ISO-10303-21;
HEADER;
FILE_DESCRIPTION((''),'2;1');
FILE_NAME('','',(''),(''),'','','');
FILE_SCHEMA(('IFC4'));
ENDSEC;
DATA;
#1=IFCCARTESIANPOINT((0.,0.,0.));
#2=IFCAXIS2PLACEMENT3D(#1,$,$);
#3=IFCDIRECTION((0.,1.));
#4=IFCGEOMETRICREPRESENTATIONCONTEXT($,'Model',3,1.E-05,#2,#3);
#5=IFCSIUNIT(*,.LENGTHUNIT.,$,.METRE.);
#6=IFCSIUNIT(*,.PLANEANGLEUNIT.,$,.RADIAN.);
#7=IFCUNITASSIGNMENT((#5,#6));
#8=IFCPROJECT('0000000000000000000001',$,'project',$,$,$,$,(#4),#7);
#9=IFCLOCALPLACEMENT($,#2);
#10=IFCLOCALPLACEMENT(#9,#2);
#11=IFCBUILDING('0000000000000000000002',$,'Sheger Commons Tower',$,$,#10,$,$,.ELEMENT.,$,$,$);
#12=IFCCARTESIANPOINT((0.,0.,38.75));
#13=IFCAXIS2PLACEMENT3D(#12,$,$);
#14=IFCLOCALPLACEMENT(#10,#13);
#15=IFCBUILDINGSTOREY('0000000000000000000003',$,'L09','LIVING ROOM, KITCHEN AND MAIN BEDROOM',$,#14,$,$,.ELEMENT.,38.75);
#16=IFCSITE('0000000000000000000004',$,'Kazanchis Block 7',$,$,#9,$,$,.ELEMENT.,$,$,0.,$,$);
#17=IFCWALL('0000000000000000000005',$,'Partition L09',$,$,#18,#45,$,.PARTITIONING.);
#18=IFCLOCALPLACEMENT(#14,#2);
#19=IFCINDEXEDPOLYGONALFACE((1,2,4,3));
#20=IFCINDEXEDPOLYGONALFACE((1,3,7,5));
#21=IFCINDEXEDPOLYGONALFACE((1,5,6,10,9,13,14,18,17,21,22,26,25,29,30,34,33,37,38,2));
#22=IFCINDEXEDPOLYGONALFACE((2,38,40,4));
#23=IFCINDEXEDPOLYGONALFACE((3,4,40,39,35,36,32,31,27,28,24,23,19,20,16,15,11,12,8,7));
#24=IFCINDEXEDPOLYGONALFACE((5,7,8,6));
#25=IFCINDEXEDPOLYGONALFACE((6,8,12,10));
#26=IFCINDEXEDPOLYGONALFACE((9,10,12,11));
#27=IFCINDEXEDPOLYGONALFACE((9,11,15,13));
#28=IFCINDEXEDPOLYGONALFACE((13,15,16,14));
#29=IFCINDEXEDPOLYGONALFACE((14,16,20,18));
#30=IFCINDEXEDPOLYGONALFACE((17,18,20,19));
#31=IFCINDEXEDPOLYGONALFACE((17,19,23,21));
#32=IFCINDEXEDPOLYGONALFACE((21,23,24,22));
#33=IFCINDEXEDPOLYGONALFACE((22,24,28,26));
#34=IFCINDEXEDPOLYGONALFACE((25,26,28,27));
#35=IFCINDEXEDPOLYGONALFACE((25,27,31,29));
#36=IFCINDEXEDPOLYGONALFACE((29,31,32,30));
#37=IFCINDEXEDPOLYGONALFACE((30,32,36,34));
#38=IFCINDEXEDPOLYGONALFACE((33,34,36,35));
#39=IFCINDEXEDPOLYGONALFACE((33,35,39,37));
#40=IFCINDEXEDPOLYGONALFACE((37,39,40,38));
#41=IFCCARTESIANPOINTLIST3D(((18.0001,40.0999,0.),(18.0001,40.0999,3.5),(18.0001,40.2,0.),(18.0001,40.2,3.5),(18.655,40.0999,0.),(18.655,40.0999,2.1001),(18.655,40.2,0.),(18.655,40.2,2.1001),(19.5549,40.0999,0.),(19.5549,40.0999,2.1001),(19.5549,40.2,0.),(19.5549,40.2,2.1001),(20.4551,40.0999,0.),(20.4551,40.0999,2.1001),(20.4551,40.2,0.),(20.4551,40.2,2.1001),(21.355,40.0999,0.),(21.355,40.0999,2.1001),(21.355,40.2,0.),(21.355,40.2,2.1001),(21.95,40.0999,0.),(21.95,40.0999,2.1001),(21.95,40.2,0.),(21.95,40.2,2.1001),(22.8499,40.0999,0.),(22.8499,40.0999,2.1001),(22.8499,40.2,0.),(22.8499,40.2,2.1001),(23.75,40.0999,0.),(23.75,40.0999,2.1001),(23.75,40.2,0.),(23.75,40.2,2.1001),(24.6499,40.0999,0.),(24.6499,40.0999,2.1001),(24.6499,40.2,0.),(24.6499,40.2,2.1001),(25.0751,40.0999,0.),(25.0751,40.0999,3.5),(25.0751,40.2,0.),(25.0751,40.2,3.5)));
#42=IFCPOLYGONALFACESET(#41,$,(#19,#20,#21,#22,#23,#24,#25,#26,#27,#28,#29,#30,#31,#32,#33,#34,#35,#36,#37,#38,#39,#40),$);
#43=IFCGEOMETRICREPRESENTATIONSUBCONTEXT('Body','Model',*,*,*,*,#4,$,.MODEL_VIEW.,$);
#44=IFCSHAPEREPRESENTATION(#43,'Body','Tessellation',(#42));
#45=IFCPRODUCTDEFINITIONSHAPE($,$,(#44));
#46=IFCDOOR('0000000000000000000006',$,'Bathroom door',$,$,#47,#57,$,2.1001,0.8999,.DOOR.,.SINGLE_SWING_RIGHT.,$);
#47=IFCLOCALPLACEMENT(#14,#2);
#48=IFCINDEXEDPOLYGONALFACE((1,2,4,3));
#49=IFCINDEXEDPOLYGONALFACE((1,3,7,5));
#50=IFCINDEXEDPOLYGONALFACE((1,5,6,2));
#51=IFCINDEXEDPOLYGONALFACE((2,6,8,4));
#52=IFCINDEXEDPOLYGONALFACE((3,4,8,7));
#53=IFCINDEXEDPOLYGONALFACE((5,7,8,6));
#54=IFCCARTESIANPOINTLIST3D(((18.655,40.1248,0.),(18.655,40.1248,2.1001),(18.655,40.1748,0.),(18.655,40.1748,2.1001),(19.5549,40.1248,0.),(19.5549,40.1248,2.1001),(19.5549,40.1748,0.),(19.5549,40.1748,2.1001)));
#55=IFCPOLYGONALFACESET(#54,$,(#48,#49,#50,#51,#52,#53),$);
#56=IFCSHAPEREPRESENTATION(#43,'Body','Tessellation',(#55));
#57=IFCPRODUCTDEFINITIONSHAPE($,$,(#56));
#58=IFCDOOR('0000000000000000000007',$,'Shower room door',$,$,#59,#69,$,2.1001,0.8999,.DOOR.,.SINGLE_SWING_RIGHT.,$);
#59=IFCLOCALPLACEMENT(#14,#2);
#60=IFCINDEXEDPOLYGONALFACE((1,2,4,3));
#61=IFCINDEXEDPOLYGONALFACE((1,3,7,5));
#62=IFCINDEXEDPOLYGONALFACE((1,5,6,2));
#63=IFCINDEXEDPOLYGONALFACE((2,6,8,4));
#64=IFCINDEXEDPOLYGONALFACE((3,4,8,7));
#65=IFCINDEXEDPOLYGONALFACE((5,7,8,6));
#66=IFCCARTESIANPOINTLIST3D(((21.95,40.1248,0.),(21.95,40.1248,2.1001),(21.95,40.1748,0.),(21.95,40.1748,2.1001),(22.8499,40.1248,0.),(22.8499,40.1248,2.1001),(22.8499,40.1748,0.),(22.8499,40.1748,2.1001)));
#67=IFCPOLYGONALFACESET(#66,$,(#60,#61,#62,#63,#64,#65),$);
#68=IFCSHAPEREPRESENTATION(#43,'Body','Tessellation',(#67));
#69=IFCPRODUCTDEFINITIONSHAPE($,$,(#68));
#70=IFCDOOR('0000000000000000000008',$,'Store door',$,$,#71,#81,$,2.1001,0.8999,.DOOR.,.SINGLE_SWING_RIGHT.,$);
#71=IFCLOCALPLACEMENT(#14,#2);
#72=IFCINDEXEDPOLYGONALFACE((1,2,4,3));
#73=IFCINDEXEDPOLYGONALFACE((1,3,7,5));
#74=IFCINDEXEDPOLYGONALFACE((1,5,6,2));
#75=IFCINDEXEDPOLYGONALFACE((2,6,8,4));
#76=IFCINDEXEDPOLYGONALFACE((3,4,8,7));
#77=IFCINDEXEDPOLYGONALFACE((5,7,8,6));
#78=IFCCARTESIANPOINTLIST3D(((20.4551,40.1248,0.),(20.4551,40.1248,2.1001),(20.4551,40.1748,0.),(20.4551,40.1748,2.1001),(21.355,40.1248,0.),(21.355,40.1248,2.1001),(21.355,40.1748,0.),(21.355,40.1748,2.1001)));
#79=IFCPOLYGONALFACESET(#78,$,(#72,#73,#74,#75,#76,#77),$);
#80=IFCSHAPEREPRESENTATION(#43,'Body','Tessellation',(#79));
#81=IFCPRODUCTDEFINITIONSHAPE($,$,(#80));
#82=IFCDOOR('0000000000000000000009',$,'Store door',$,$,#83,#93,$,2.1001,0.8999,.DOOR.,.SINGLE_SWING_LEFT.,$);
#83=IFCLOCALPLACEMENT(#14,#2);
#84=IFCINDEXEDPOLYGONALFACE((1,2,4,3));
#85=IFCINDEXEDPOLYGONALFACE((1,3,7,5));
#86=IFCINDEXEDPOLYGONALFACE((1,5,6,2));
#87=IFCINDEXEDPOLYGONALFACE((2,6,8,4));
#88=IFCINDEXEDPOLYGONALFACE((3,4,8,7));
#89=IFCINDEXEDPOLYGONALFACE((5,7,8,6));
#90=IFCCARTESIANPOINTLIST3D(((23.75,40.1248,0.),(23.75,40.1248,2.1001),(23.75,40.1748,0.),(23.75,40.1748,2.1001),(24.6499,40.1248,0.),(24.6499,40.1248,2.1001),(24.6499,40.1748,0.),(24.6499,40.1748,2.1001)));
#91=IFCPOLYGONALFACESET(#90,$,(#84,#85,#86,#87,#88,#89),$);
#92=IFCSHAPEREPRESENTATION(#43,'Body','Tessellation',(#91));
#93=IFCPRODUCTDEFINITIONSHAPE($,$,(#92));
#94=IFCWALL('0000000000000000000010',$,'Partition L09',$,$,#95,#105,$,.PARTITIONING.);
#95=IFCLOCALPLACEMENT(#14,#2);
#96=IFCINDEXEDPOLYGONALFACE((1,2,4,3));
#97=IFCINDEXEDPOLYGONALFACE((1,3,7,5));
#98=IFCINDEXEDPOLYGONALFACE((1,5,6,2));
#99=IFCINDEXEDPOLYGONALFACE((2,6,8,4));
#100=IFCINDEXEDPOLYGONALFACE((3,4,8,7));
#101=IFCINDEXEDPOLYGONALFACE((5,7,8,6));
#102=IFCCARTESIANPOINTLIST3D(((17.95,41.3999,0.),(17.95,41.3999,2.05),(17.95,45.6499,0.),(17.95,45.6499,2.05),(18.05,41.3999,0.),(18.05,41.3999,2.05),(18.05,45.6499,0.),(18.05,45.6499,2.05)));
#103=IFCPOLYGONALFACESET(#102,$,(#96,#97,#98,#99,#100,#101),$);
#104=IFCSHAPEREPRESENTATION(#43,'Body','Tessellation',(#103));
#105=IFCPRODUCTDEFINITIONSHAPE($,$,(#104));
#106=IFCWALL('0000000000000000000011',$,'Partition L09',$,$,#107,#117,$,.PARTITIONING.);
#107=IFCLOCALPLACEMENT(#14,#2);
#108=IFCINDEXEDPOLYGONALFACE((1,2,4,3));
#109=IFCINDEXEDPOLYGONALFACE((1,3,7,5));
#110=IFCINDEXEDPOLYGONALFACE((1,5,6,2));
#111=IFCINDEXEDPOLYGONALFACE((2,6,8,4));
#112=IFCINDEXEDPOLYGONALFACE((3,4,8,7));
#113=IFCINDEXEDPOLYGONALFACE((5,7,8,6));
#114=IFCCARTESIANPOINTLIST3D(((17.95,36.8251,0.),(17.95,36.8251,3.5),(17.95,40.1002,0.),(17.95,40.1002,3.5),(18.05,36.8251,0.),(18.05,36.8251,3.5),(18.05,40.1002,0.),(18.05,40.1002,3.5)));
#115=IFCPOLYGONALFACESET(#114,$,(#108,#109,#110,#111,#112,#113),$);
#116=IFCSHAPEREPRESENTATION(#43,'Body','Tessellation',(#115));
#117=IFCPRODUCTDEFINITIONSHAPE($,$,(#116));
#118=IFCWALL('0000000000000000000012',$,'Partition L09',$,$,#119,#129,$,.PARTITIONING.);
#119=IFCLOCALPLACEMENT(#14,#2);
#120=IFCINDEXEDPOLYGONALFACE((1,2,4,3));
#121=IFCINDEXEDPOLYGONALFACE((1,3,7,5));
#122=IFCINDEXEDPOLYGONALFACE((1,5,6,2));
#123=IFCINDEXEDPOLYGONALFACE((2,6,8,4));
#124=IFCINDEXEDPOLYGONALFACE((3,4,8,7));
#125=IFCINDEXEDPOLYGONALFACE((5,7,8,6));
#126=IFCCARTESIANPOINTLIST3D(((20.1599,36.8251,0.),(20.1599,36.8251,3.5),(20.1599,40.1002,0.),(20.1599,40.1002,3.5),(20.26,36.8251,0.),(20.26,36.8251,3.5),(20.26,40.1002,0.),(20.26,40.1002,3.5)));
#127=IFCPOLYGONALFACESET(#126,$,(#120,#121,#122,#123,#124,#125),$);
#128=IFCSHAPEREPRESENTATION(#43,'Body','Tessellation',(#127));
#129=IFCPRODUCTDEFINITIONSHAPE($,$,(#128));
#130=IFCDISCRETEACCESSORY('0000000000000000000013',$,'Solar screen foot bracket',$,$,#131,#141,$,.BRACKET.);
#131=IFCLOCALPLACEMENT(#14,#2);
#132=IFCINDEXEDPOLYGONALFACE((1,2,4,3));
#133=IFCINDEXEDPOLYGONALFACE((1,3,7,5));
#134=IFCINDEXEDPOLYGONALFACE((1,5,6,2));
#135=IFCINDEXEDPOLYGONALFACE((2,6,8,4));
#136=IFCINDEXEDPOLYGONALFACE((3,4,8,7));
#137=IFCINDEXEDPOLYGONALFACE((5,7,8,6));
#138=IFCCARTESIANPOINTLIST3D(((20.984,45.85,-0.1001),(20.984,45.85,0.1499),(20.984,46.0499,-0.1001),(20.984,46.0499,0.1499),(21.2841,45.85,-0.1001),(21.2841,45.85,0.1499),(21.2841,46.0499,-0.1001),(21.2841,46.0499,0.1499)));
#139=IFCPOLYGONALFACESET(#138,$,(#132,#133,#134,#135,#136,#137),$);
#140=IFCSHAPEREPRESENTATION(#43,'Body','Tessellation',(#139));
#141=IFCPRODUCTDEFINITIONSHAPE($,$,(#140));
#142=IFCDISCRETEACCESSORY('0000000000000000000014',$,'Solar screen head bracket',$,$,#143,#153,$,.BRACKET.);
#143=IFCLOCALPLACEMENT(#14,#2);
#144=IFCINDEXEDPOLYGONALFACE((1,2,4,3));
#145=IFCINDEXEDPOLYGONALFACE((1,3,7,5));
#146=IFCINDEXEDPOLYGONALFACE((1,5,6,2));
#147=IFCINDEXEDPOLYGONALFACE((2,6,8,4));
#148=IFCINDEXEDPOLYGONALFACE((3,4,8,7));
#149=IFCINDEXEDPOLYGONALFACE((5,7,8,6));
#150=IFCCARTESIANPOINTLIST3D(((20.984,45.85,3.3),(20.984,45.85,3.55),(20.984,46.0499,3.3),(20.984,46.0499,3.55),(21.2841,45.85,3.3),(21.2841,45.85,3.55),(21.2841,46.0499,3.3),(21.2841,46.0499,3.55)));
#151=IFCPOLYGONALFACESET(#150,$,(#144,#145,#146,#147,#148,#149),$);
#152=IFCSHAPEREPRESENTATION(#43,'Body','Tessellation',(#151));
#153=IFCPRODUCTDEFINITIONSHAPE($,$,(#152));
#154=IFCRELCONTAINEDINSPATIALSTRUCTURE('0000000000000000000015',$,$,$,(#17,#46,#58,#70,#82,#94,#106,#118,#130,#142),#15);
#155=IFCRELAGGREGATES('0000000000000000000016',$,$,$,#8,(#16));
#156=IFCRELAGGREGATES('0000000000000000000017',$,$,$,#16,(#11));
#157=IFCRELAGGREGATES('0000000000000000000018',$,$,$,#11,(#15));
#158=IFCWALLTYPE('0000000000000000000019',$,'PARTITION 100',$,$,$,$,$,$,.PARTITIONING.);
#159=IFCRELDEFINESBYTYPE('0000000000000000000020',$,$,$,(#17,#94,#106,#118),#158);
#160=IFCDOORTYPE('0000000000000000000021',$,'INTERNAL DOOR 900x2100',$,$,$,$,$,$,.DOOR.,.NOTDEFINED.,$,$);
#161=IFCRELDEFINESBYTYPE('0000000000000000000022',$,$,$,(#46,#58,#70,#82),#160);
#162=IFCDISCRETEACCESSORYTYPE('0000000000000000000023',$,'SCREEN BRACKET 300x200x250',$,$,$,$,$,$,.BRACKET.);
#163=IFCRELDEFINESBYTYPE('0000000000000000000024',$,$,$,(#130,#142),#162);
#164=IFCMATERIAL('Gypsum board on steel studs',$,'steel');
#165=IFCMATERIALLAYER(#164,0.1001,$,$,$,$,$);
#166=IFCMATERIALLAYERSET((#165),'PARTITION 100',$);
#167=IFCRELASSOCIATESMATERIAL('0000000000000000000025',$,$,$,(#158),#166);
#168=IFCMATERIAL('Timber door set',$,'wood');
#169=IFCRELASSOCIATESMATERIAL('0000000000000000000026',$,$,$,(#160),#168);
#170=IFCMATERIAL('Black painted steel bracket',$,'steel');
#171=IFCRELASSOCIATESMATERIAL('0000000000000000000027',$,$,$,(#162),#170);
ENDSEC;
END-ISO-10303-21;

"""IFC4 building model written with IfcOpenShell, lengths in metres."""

from ifc_helpers import new_model, si_unit, direction, frame, frame_2d, origin, origin_2d, place, context, subcontext, project, spatial, rectangle, extrude, material, layer, layer_set, type_object, element, fill, save


model = new_model("IFC4")

# Units and contexts
model_context = context("Model", 3, precision=1e-05, world=origin(), true_north=direction((0.0, 1.0)))
body_context = subcontext(model_context, "Body", "Model", "MODEL_VIEW")
ifc_project = project(units=[si_unit("LENGTHUNIT", "METRE"), si_unit("PLANEANGLEUNIT", "RADIAN")], contexts=[model_context])

# Site, building, storey
site_placement = place(None, origin())
site = spatial("IfcSite", under=ifc_project, at=site_placement, Name="Kazanchis Block 7", CompositionType="ELEMENT", RefElevation=0.0)
building_placement = place(site_placement, origin())
building = spatial("IfcBuilding", under=site, at=building_placement, Name="Sheger Commons Tower", CompositionType="ELEMENT")
storey_placement = place(building_placement, frame((0.0, 0.0, 38.75)))
storey = spatial("IfcBuildingStorey", under=building, at=storey_placement, Name="L09", Description="LIVING ROOM, KITCHEN AND MAIN BEDROOM", CompositionType="ELEMENT", Elevation=38.75)

# Wall, openings, doors
ifc_material_1 = material(Name="Gypsum board on steel studs", Category="steel")
ifc_layer_1 = layer(ifc_material_1, 0.1001)
ifc_layer_set_1 = layer_set([ifc_layer_1], Name="PARTITION 100")
wall_type_1 = type_object("IfcWallType", Name="PARTITION 100", PredefinedType="PARTITIONING", material=ifc_layer_set_1)
ifc_material_2 = material(Name="Timber door set", Category="wood")
door_type_1 = type_object("IfcDoorType", Name="INTERNAL DOOR 900x2100", OperationType="NOTDEFINED", PredefinedType="DOOR", material=ifc_material_2)
wall_1_placement = place(storey_placement, frame((18.0, 40.1499, 0.0), z_axis=(0.0, 0.0, 1.0), x_axis=(1.0, 0.0, 0.0)))
wall_1 = element("IfcWall", 1, at=wall_1_placement, inside=storey, type_object=wall_type_1, Name="Partition L09", PredefinedType="PARTITIONING", context=body_context, shape_type="SweptSolid", body=[
    extrude(rectangle(XDim=7.075, YDim=0.1001, at=frame_2d((3.5376, 0.0))), origin(), (0.0, 0.0, 1.0), 3.5),
])
opening_1_placement = place(wall_1_placement, frame((0.655, 0.0, 0.0)))
opening_1 = element("IfcOpeningElement", 2, at=opening_1_placement, cuts=wall_1, PredefinedType="OPENING", context=body_context, shape_type="SweptSolid", body=[
    extrude(rectangle(XDim=0.8999, YDim=2.1001, at=frame_2d((0.45, 1.05))), frame((0.0, 0.0601, 0.0), z_axis=(0.0, -1.0, 0.0), x_axis=(1.0, 0.0, 0.0)), (0.0, 0.0, 1.0), 0.1201),
])
opening_2_placement = place(wall_1_placement, frame((3.95, 0.0, 0.0)))
opening_2 = element("IfcOpeningElement", 3, at=opening_2_placement, cuts=wall_1, PredefinedType="OPENING", context=body_context, shape_type="SweptSolid", body=[
    extrude(rectangle(XDim=0.8999, YDim=2.1001, at=frame_2d((0.45, 1.05))), frame((0.0, 0.0601, 0.0), z_axis=(0.0, -1.0, 0.0), x_axis=(1.0, 0.0, 0.0)), (0.0, 0.0, 1.0), 0.1201),
])
opening_3_placement = place(wall_1_placement, frame((2.4551, 0.0, 0.0)))
opening_3 = element("IfcOpeningElement", 4, at=opening_3_placement, cuts=wall_1, PredefinedType="OPENING", context=body_context, shape_type="SweptSolid", body=[
    extrude(rectangle(XDim=0.8999, YDim=2.1001, at=frame_2d((0.45, 1.05))), frame((0.0, 0.0601, 0.0), z_axis=(0.0, -1.0, 0.0), x_axis=(1.0, 0.0, 0.0)), (0.0, 0.0, 1.0), 0.1201),
])
opening_4_placement = place(wall_1_placement, frame((5.75, 0.0, 0.0)))
opening_4 = element("IfcOpeningElement", 5, at=opening_4_placement, cuts=wall_1, PredefinedType="OPENING", context=body_context, shape_type="SweptSolid", body=[
    extrude(rectangle(XDim=0.8999, YDim=2.1001, at=frame_2d((0.45, 1.05))), frame((0.0, 0.0601, 0.0), z_axis=(0.0, -1.0, 0.0), x_axis=(1.0, 0.0, 0.0)), (0.0, 0.0, 1.0), 0.1201),
])
door_1_placement = place(opening_1_placement, origin())
door_1 = element("IfcDoor", 6, at=door_1_placement, inside=storey, type_object=door_type_1, Name="Bathroom door", OperationType="SINGLE_SWING_RIGHT", OverallHeight=2.1001, OverallWidth=0.8999, PredefinedType="DOOR", context=body_context, shape_type="SweptSolid", body=[
    extrude(rectangle(XDim=0.8999, YDim=2.1001, at=frame_2d((0.45, 1.05))), frame((0.0, 0.0249, 0.0), z_axis=(0.0, -1.0, 0.0), x_axis=(1.0, 0.0, 0.0)), (0.0, 0.0, 1.0), 0.05),
])
fill(opening_1, door_1)
door_2_placement = place(opening_2_placement, origin())
door_2 = element("IfcDoor", 7, at=door_2_placement, inside=storey, type_object=door_type_1, Name="Shower room door", OperationType="SINGLE_SWING_RIGHT", OverallHeight=2.1001, OverallWidth=0.8999, PredefinedType="DOOR", context=body_context, shape_type="SweptSolid", body=[
    extrude(rectangle(XDim=0.8999, YDim=2.1001, at=frame_2d((0.45, 1.05))), frame((0.0, 0.0249, 0.0), z_axis=(0.0, -1.0, 0.0), x_axis=(1.0, 0.0, 0.0)), (0.0, 0.0, 1.0), 0.05),
])
fill(opening_2, door_2)
door_3_placement = place(opening_3_placement, origin())
door_3 = element("IfcDoor", 8, at=door_3_placement, inside=storey, type_object=door_type_1, Name="Store door", OperationType="SINGLE_SWING_RIGHT", OverallHeight=2.1001, OverallWidth=0.8999, PredefinedType="DOOR", context=body_context, shape_type="SweptSolid", body=[
    extrude(rectangle(XDim=0.8999, YDim=2.1001, at=frame_2d((0.45, 1.05))), frame((0.0, 0.0249, 0.0), z_axis=(0.0, -1.0, 0.0), x_axis=(1.0, 0.0, 0.0)), (0.0, 0.0, 1.0), 0.05),
])
fill(opening_3, door_3)
door_4_placement = place(opening_4_placement, origin())
door_4 = element("IfcDoor", 9, at=door_4_placement, inside=storey, type_object=door_type_1, Name="Store door", OperationType="SINGLE_SWING_LEFT", OverallHeight=2.1001, OverallWidth=0.8999, PredefinedType="DOOR", context=body_context, shape_type="SweptSolid", body=[
    extrude(rectangle(XDim=0.8999, YDim=2.1001, at=frame_2d((0.45, 1.05))), frame((0.0, 0.0249, 0.0), z_axis=(0.0, -1.0, 0.0), x_axis=(1.0, 0.0, 0.0)), (0.0, 0.0, 1.0), 0.05),
])
fill(opening_4, door_4)

# Walls
wall_2_placement = place(storey_placement, frame((18.0, 41.3999, 0.0), z_axis=(0.0, 0.0, 1.0), x_axis=(0.0, 1.0, 0.0)))
element("IfcWall", 10, at=wall_2_placement, inside=storey, type_object=wall_type_1, Name="Partition L09", PredefinedType="PARTITIONING", context=body_context, shape_type="SweptSolid", body=[
    extrude(rectangle(XDim=4.25, YDim=0.1001, at=frame_2d((2.125, 0.0))), origin(), (0.0, 0.0, 1.0), 2.05),
])
for number, where, z_axis, x_axis, name in (
    (11, (18.0, 36.825, 0.0), (0.0, 0.0, 1.0), (0.0, 1.0, 0.0), "Partition L09"),
    (12, (20.21, 36.825, 0.0), (0.0, 0.0, 1.0), (0.0, 1.0, 0.0), "Partition L09"),
):
    element("IfcWall", number, at=place(storey_placement, frame(where, z_axis=z_axis, x_axis=x_axis)), inside=storey, type_object=wall_type_1, Name=name, PredefinedType="PARTITIONING", context=body_context, shape_type="SweptSolid", body=[
        extrude(rectangle(XDim=3.2751, YDim=0.1001, at=frame_2d((1.6377, 0.0))), origin(), (0.0, 0.0, 1.0), 3.5),
    ])

# Discrete accessories
ifc_material_3 = material(Name="Black painted steel bracket", Category="steel")
discrete_accessory_type = type_object("IfcDiscreteAccessoryType", Name="SCREEN BRACKET 300x200x250", PredefinedType="BRACKET", material=ifc_material_3)
for number, where, z_axis, x_axis, name in (
    (13, (21.134, 45.95, -0.1001), (0.0, 0.0, 1.0), (-1.0, 0.0, 0.0), "Solar screen foot bracket"),
    (14, (21.134, 45.95, 3.3), (0.0, 0.0, 1.0), (-1.0, 0.0, 0.0), "Solar screen head bracket"),
):
    element("IfcDiscreteAccessory", number, at=place(storey_placement, frame(where, z_axis=z_axis, x_axis=x_axis)), inside=storey, type_object=discrete_accessory_type, Name=name, PredefinedType="BRACKET", context=body_context, shape_type="SweptSolid", body=[
        extrude(rectangle(XDim=0.3, YDim=0.2, at=origin_2d()), origin(), (0.0, 0.0, 1.0), 0.25),
    ])

save(model, "model.ifc")
